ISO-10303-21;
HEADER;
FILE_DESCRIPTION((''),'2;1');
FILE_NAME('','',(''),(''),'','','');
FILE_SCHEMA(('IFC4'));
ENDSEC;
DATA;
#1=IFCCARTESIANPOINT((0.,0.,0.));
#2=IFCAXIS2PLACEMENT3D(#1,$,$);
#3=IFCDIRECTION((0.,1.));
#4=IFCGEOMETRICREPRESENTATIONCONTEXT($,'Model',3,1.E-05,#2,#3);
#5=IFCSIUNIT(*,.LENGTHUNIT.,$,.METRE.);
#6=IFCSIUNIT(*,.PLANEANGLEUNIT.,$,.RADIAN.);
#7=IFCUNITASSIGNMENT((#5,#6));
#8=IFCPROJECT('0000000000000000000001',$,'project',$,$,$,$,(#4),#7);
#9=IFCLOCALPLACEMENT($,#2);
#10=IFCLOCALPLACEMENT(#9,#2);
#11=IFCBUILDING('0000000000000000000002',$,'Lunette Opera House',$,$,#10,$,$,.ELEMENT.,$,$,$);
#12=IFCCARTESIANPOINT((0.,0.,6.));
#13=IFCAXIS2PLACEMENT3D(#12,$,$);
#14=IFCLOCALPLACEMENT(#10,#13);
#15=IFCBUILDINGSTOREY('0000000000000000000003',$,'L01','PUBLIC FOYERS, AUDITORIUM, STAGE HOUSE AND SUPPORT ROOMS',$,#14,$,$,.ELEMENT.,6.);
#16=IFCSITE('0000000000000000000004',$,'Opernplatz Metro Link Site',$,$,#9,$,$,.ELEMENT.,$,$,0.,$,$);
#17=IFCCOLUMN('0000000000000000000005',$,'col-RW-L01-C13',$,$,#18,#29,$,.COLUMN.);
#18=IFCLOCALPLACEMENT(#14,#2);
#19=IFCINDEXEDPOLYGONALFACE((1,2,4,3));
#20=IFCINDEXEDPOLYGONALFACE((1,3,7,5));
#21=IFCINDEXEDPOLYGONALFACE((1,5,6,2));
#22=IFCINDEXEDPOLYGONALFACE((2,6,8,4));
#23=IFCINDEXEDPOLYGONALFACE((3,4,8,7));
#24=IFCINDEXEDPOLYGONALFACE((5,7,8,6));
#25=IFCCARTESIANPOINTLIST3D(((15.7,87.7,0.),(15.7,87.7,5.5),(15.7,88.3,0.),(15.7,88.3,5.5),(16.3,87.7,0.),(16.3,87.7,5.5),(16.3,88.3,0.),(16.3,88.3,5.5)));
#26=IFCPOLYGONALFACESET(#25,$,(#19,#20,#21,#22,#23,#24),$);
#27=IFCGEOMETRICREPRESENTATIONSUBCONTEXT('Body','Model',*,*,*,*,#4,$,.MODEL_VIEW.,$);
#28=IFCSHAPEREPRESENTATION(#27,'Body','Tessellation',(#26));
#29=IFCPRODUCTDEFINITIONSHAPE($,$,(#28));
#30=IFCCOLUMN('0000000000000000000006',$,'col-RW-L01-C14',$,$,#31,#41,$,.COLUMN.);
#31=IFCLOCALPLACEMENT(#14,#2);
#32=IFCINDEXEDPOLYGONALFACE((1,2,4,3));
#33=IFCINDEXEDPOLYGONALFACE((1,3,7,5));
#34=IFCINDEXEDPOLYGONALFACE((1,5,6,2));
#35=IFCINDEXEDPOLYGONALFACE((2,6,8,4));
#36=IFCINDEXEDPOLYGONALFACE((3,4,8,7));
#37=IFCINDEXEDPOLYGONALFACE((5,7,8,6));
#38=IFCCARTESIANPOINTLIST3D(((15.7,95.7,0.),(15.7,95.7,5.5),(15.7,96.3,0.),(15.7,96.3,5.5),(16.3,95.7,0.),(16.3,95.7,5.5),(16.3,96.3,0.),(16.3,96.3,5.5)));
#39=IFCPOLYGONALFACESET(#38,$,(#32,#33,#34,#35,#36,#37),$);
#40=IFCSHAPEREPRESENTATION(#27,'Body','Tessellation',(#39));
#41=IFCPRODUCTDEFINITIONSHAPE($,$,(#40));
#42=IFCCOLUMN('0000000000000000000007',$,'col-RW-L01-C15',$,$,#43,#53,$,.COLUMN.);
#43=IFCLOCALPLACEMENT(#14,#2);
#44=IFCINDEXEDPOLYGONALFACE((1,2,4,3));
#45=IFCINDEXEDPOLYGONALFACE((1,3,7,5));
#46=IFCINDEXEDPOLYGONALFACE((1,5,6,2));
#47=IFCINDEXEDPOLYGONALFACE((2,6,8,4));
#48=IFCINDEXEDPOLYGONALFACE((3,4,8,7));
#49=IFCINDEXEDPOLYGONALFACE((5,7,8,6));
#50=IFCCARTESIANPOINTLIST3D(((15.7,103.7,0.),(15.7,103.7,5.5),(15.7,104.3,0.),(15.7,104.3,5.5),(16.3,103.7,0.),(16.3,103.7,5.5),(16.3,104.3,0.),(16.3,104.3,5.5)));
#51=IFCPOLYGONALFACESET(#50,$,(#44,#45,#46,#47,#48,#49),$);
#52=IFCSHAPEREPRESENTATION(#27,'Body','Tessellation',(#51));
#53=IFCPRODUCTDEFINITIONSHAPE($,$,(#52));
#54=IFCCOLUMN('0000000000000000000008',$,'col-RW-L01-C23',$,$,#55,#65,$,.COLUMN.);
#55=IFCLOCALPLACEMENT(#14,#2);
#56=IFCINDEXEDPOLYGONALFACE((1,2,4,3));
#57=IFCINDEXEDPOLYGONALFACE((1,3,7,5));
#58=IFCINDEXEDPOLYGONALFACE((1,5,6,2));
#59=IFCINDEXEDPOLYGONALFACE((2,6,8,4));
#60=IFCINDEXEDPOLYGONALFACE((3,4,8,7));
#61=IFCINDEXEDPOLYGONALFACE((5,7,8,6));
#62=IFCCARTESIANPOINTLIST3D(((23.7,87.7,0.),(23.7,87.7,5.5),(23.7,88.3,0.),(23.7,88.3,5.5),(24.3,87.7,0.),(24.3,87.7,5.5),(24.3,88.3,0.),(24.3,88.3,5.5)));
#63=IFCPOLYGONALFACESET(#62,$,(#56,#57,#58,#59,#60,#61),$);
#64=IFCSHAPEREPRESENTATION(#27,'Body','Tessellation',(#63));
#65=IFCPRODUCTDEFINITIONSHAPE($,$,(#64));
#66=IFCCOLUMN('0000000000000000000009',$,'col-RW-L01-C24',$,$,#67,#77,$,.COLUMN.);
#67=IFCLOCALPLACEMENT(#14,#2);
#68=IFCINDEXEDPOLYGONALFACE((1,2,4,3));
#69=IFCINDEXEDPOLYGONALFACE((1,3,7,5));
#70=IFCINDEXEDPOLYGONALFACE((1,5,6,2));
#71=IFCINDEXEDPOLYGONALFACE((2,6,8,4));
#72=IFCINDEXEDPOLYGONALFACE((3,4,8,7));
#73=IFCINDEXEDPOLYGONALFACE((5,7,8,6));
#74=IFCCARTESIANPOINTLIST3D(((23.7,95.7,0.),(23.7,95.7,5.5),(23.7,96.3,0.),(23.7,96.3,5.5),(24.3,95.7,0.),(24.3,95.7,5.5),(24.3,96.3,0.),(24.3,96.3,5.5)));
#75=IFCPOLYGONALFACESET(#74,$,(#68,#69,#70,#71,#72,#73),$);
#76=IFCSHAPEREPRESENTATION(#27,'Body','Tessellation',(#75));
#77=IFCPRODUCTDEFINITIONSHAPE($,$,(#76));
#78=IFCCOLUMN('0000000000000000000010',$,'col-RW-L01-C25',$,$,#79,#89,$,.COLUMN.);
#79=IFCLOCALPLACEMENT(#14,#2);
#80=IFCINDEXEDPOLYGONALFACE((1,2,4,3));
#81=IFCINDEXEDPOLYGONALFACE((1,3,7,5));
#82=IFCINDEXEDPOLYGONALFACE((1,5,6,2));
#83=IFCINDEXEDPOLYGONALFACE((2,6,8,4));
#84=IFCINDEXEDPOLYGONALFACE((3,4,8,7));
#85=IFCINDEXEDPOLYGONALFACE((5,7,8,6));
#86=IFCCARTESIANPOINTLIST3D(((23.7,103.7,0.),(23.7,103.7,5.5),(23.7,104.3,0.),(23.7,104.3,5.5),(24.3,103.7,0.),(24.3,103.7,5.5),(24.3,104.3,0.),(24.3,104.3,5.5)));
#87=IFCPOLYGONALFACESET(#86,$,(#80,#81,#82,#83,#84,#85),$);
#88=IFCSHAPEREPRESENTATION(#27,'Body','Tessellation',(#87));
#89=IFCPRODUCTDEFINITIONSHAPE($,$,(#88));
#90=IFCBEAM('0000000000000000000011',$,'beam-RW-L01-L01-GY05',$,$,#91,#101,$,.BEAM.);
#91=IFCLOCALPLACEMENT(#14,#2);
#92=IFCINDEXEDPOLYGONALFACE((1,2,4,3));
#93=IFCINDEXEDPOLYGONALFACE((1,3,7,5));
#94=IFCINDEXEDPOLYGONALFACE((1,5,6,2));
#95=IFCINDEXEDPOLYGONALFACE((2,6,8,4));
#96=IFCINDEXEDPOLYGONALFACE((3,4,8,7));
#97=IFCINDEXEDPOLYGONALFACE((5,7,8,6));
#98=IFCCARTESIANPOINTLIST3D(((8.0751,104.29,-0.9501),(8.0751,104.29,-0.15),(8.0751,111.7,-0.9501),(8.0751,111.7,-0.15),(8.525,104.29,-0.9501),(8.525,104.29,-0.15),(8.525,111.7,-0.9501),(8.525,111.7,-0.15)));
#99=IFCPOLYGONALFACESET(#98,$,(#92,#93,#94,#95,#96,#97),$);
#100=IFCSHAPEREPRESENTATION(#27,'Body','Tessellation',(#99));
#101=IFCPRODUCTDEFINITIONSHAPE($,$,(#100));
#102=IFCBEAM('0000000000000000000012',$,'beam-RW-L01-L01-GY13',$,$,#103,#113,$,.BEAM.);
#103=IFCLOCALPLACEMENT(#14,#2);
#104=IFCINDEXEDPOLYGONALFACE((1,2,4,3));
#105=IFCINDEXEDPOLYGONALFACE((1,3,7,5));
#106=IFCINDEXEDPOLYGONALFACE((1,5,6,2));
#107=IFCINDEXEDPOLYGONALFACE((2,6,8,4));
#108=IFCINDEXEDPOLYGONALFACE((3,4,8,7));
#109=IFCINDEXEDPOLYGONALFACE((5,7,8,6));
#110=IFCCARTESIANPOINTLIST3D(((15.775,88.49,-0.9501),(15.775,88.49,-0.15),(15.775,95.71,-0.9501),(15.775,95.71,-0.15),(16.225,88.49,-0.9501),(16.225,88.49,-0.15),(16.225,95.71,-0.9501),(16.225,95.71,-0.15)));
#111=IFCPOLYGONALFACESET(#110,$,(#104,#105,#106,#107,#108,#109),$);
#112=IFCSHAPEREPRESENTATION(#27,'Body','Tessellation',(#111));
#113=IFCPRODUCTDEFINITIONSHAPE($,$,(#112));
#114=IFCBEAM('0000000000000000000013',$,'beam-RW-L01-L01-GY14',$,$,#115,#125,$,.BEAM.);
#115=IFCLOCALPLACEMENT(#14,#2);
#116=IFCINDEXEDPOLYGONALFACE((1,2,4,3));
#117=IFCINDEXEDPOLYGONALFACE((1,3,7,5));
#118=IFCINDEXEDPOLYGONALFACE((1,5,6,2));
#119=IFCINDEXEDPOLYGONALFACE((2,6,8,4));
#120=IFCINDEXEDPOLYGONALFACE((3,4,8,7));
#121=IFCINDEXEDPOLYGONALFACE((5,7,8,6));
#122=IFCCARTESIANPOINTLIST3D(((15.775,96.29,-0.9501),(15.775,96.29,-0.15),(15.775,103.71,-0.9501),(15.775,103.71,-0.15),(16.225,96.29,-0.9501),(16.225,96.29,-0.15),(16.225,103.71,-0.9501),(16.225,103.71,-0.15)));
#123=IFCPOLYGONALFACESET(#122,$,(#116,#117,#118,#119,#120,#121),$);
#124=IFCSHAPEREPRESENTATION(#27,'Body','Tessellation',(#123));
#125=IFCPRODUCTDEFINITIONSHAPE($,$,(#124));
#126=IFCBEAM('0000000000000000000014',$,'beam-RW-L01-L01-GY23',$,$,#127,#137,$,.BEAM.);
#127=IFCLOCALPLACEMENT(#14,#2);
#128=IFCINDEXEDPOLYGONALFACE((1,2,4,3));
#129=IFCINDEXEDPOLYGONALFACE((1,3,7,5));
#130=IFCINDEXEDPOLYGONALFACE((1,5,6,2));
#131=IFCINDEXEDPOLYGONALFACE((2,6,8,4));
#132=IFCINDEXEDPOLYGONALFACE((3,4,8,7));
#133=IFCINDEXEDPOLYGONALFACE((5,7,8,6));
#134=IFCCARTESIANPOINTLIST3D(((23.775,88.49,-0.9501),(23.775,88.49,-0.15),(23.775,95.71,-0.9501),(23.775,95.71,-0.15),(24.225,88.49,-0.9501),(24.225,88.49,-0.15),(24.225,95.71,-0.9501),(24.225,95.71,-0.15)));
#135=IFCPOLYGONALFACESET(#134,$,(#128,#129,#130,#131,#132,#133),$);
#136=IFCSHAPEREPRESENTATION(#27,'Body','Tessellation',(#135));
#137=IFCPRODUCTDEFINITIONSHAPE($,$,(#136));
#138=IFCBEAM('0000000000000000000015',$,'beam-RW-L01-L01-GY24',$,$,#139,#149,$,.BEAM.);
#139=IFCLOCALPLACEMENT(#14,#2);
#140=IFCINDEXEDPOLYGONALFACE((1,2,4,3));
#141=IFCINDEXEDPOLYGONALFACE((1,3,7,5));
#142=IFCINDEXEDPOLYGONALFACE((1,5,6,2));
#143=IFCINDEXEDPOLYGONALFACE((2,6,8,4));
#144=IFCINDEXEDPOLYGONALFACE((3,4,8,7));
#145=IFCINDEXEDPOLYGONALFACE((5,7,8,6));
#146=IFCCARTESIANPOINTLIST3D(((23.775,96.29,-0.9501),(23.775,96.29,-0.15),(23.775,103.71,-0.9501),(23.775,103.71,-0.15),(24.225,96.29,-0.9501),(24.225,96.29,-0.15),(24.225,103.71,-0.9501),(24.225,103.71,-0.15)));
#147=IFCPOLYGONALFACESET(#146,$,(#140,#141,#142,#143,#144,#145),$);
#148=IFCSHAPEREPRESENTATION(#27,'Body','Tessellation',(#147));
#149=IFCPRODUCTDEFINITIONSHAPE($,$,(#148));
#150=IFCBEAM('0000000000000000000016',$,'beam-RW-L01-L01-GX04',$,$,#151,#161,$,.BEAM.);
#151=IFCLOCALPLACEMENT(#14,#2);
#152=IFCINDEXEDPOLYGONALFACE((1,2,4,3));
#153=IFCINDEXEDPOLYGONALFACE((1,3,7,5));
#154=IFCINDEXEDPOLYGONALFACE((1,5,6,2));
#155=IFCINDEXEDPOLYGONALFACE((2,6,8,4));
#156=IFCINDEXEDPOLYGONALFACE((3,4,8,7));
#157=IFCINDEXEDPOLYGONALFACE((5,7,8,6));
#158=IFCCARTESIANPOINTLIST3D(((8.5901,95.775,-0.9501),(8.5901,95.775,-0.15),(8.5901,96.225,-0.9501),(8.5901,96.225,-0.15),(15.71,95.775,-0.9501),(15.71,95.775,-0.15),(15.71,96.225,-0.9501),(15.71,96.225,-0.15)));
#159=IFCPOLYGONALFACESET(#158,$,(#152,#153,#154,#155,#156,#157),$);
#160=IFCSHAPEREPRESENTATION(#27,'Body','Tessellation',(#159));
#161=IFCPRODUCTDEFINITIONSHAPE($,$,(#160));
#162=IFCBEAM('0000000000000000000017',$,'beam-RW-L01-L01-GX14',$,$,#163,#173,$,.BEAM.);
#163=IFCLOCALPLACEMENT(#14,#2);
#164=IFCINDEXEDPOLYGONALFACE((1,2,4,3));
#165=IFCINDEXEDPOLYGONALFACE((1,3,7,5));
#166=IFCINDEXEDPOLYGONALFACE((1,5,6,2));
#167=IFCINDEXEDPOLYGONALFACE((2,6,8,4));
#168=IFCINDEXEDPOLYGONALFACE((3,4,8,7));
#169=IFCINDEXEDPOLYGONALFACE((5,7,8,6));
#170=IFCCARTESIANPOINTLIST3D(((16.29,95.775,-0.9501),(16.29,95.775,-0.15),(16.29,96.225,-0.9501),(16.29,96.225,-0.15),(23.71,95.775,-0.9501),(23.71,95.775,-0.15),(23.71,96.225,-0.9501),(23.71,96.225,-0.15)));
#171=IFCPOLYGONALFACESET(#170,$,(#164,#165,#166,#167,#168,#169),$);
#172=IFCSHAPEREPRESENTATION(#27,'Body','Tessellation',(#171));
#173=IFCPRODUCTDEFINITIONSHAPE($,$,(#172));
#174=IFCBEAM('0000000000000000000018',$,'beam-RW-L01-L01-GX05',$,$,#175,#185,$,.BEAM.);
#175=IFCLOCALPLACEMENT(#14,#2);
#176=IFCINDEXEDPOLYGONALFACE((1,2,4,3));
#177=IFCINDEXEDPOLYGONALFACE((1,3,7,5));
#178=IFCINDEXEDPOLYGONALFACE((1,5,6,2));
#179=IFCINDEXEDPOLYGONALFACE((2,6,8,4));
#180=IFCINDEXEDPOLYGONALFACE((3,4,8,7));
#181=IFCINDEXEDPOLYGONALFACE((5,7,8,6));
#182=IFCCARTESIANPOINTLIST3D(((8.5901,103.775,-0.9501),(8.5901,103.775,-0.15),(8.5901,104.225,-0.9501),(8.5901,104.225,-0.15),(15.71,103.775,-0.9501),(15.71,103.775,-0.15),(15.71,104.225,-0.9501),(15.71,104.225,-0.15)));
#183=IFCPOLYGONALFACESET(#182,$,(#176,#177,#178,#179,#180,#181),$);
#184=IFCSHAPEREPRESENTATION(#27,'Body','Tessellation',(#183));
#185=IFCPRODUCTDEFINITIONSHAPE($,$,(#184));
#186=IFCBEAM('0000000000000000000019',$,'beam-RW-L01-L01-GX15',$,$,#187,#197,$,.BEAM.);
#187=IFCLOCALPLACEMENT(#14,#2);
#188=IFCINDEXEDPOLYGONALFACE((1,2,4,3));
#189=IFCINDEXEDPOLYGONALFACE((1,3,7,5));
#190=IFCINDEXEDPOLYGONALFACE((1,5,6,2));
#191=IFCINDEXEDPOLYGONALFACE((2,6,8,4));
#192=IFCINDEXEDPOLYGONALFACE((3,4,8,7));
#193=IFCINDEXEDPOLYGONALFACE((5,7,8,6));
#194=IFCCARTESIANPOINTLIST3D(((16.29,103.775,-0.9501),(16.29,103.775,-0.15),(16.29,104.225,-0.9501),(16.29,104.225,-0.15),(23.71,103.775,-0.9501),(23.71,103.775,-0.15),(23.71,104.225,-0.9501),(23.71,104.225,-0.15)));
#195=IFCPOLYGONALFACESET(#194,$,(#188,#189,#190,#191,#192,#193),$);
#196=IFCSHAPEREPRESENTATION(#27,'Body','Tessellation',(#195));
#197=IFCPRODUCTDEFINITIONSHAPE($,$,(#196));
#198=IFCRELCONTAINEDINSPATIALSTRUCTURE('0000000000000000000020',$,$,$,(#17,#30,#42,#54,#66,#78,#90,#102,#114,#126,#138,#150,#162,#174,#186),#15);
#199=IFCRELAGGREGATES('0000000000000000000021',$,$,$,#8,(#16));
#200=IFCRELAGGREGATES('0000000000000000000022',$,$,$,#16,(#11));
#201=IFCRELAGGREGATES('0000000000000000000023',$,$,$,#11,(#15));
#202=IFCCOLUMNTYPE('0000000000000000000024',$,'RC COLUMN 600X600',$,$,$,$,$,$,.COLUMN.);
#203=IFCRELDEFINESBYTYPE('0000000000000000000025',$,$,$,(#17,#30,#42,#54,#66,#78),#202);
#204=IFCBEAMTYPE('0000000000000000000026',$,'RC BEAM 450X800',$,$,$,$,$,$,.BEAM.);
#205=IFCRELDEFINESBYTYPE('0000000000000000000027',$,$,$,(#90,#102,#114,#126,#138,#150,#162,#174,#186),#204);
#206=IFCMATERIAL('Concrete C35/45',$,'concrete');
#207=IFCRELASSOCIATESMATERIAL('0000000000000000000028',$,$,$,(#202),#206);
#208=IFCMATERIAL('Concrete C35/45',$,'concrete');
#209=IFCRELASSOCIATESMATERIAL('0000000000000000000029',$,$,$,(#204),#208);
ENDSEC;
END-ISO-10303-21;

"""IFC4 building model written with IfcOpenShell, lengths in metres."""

from ifc_helpers import new_model, si_unit, direction, frame, origin, origin_2d, place, context, subcontext, project, spatial, rectangle, extrude, material, material_profile, profile_set, type_object, element, save


model = new_model("IFC4")

# Units and contexts
model_context = context("Model", 3, precision=1e-05, world=origin(), true_north=direction((0.0, 1.0)))
body_context = subcontext(model_context, "Body", "Model", "MODEL_VIEW")
ifc_project = project(units=[si_unit("LENGTHUNIT", "METRE"), si_unit("PLANEANGLEUNIT", "RADIAN")], contexts=[model_context])

# Site, building, storey
site_placement = place(None, origin())
site = spatial("IfcSite", under=ifc_project, at=site_placement, Name="Opernplatz Metro Link Site", CompositionType="ELEMENT", RefElevation=0.0)
building_placement = place(site_placement, origin())
building = spatial("IfcBuilding", under=site, at=building_placement, Name="Lunette Opera House", CompositionType="ELEMENT")
storey_placement = place(building_placement, frame((0.0, 0.0, 6.0)))
storey = spatial("IfcBuildingStorey", under=building, at=storey_placement, Name="L01", Description="PUBLIC FOYERS, AUDITORIUM, STAGE HOUSE AND SUPPORT ROOMS", CompositionType="ELEMENT", Elevation=6.0)

# Columns
ifc_material_1 = material(Name="Concrete C35/45", Category="concrete")
ifc_material_profile_1 = material_profile(ifc_material_1, rectangle(XDim=0.6001, YDim=0.6001, at=origin_2d()), Name="RC COLUMN 600X600")
ifc_profile_set_1 = profile_set([ifc_material_profile_1], Name="Concrete C35/45")
column_type = type_object("IfcColumnType", Name="RC COLUMN 600X600", PredefinedType="COLUMN", material=ifc_profile_set_1)
for number, where, z_axis, x_axis, name in (
    (1, (16.0, 88.0, 0.0), (0.0, 0.0, 1.0), (1.0, 0.0, 0.0), "col-RW-L01-C13"),
    (2, (16.0, 96.0, 0.0), (0.0, 0.0, 1.0), (1.0, 0.0, 0.0), "col-RW-L01-C14"),
    (3, (16.0, 104.0, 0.0), (0.0, 0.0, 1.0), (1.0, 0.0, 0.0), "col-RW-L01-C15"),
    (4, (24.0, 88.0, 0.0), (0.0, 0.0, 1.0), (1.0, 0.0, 0.0), "col-RW-L01-C23"),
    (5, (24.0, 96.0, 0.0), (0.0, 0.0, 1.0), (1.0, 0.0, 0.0), "col-RW-L01-C24"),
    (6, (24.0, 104.0, 0.0), (0.0, 0.0, 1.0), (1.0, 0.0, 0.0), "col-RW-L01-C25"),
):
    element("IfcColumn", number, at=place(storey_placement, frame(where, z_axis=z_axis, x_axis=x_axis)), inside=storey, type_object=column_type, Name=name, PredefinedType="COLUMN", context=body_context, shape_type="SweptSolid", body=[
        extrude(rectangle(XDim=0.6001, YDim=0.6001, at=origin_2d()), origin(), (0.0, 0.0, 1.0), 5.5),
    ])

# Beams
ifc_material_2 = material(Name="Concrete C35/45", Category="concrete")
ifc_material_profile_2 = material_profile(ifc_material_2, rectangle(XDim=0.45, YDim=0.8, at=origin_2d()), Name="RC BEAM 450X800")
ifc_profile_set_2 = profile_set([ifc_material_profile_2], Name="Concrete C35/45")
beam_type_1 = type_object("IfcBeamType", Name="RC BEAM 450X800", PredefinedType="BEAM", material=ifc_profile_set_2)
beam_1_placement = place(storey_placement, frame((8.3, 104.29, -0.55), z_axis=(0.0, 1.0, 0.0), x_axis=(-1.0, 0.0, 0.0)))
element("IfcBeam", 7, at=beam_1_placement, inside=storey, type_object=beam_type_1, Name="beam-RW-L01-L01-GY05", PredefinedType="BEAM", context=body_context, shape_type="SweptSolid", body=[
    extrude(rectangle(XDim=0.45, YDim=0.8, at=origin_2d()), origin(), (0.0, 0.0, 1.0), 7.4099),
])
beam_2_placement = place(storey_placement, frame((16.0, 88.49, -0.55), z_axis=(0.0, 1.0, 0.0), x_axis=(-1.0, 0.0, 0.0)))
element("IfcBeam", 8, at=beam_2_placement, inside=storey, type_object=beam_type_1, Name="beam-RW-L01-L01-GY13", PredefinedType="BEAM", context=body_context, shape_type="SweptSolid", body=[
    extrude(rectangle(XDim=0.45, YDim=0.8, at=origin_2d()), origin(), (0.0, 0.0, 1.0), 7.22),
])
beam_3_placement = place(storey_placement, frame((16.0, 96.29, -0.55), z_axis=(0.0, 1.0, 0.0), x_axis=(-1.0, 0.0, 0.0)))
element("IfcBeam", 9, at=beam_3_placement, inside=storey, type_object=beam_type_1, Name="beam-RW-L01-L01-GY14", PredefinedType="BEAM", context=body_context, shape_type="SweptSolid", body=[
    extrude(rectangle(XDim=0.45, YDim=0.8, at=origin_2d()), origin(), (0.0, 0.0, 1.0), 7.4199),
])
beam_4_placement = place(storey_placement, frame((24.0, 88.49, -0.55), z_axis=(0.0, 1.0, 0.0), x_axis=(-1.0, 0.0, 0.0)))
element("IfcBeam", 10, at=beam_4_placement, inside=storey, type_object=beam_type_1, Name="beam-RW-L01-L01-GY23", PredefinedType="BEAM", context=body_context, shape_type="SweptSolid", body=[
    extrude(rectangle(XDim=0.45, YDim=0.8, at=origin_2d()), origin(), (0.0, 0.0, 1.0), 7.22),
])
beam_5_placement = place(storey_placement, frame((24.0, 96.29, -0.55), z_axis=(0.0, 1.0, 0.0), x_axis=(-1.0, 0.0, 0.0)))
element("IfcBeam", 11, at=beam_5_placement, inside=storey, type_object=beam_type_1, Name="beam-RW-L01-L01-GY24", PredefinedType="BEAM", context=body_context, shape_type="SweptSolid", body=[
    extrude(rectangle(XDim=0.45, YDim=0.8, at=origin_2d()), origin(), (0.0, 0.0, 1.0), 7.4199),
])
beam_6_placement = place(storey_placement, frame((8.5901, 96.0, -0.55), z_axis=(1.0, 0.0, 0.0), x_axis=(0.0, 1.0, 0.0)))
element("IfcBeam", 12, at=beam_6_placement, inside=storey, type_object=beam_type_1, Name="beam-RW-L01-L01-GX04", PredefinedType="BEAM", context=body_context, shape_type="SweptSolid", body=[
    extrude(rectangle(XDim=0.45, YDim=0.8, at=origin_2d()), origin(), (0.0, 0.0, 1.0), 7.1199),
])
beam_7_placement = place(storey_placement, frame((16.29, 96.0, -0.55), z_axis=(1.0, 0.0, 0.0), x_axis=(0.0, 1.0, 0.0)))
element("IfcBeam", 13, at=beam_7_placement, inside=storey, type_object=beam_type_1, Name="beam-RW-L01-L01-GX14", PredefinedType="BEAM", context=body_context, shape_type="SweptSolid", body=[
    extrude(rectangle(XDim=0.45, YDim=0.8, at=origin_2d()), origin(), (0.0, 0.0, 1.0), 7.4199),
])
beam_8_placement = place(storey_placement, frame((8.5901, 104.0, -0.55), z_axis=(1.0, 0.0, 0.0), x_axis=(0.0, 1.0, 0.0)))
element("IfcBeam", 14, at=beam_8_placement, inside=storey, type_object=beam_type_1, Name="beam-RW-L01-L01-GX05", PredefinedType="BEAM", context=body_context, shape_type="SweptSolid", body=[
    extrude(rectangle(XDim=0.45, YDim=0.8, at=origin_2d()), origin(), (0.0, 0.0, 1.0), 7.1199),
])
beam_9_placement = place(storey_placement, frame((16.29, 104.0, -0.55), z_axis=(1.0, 0.0, 0.0), x_axis=(0.0, 1.0, 0.0)))
element("IfcBeam", 15, at=beam_9_placement, inside=storey, type_object=beam_type_1, Name="beam-RW-L01-L01-GX15", PredefinedType="BEAM", context=body_context, shape_type="SweptSolid", body=[
    extrude(rectangle(XDim=0.45, YDim=0.8, at=origin_2d()), origin(), (0.0, 0.0, 1.0), 7.4199),
])

save(model, "model.ifc")
